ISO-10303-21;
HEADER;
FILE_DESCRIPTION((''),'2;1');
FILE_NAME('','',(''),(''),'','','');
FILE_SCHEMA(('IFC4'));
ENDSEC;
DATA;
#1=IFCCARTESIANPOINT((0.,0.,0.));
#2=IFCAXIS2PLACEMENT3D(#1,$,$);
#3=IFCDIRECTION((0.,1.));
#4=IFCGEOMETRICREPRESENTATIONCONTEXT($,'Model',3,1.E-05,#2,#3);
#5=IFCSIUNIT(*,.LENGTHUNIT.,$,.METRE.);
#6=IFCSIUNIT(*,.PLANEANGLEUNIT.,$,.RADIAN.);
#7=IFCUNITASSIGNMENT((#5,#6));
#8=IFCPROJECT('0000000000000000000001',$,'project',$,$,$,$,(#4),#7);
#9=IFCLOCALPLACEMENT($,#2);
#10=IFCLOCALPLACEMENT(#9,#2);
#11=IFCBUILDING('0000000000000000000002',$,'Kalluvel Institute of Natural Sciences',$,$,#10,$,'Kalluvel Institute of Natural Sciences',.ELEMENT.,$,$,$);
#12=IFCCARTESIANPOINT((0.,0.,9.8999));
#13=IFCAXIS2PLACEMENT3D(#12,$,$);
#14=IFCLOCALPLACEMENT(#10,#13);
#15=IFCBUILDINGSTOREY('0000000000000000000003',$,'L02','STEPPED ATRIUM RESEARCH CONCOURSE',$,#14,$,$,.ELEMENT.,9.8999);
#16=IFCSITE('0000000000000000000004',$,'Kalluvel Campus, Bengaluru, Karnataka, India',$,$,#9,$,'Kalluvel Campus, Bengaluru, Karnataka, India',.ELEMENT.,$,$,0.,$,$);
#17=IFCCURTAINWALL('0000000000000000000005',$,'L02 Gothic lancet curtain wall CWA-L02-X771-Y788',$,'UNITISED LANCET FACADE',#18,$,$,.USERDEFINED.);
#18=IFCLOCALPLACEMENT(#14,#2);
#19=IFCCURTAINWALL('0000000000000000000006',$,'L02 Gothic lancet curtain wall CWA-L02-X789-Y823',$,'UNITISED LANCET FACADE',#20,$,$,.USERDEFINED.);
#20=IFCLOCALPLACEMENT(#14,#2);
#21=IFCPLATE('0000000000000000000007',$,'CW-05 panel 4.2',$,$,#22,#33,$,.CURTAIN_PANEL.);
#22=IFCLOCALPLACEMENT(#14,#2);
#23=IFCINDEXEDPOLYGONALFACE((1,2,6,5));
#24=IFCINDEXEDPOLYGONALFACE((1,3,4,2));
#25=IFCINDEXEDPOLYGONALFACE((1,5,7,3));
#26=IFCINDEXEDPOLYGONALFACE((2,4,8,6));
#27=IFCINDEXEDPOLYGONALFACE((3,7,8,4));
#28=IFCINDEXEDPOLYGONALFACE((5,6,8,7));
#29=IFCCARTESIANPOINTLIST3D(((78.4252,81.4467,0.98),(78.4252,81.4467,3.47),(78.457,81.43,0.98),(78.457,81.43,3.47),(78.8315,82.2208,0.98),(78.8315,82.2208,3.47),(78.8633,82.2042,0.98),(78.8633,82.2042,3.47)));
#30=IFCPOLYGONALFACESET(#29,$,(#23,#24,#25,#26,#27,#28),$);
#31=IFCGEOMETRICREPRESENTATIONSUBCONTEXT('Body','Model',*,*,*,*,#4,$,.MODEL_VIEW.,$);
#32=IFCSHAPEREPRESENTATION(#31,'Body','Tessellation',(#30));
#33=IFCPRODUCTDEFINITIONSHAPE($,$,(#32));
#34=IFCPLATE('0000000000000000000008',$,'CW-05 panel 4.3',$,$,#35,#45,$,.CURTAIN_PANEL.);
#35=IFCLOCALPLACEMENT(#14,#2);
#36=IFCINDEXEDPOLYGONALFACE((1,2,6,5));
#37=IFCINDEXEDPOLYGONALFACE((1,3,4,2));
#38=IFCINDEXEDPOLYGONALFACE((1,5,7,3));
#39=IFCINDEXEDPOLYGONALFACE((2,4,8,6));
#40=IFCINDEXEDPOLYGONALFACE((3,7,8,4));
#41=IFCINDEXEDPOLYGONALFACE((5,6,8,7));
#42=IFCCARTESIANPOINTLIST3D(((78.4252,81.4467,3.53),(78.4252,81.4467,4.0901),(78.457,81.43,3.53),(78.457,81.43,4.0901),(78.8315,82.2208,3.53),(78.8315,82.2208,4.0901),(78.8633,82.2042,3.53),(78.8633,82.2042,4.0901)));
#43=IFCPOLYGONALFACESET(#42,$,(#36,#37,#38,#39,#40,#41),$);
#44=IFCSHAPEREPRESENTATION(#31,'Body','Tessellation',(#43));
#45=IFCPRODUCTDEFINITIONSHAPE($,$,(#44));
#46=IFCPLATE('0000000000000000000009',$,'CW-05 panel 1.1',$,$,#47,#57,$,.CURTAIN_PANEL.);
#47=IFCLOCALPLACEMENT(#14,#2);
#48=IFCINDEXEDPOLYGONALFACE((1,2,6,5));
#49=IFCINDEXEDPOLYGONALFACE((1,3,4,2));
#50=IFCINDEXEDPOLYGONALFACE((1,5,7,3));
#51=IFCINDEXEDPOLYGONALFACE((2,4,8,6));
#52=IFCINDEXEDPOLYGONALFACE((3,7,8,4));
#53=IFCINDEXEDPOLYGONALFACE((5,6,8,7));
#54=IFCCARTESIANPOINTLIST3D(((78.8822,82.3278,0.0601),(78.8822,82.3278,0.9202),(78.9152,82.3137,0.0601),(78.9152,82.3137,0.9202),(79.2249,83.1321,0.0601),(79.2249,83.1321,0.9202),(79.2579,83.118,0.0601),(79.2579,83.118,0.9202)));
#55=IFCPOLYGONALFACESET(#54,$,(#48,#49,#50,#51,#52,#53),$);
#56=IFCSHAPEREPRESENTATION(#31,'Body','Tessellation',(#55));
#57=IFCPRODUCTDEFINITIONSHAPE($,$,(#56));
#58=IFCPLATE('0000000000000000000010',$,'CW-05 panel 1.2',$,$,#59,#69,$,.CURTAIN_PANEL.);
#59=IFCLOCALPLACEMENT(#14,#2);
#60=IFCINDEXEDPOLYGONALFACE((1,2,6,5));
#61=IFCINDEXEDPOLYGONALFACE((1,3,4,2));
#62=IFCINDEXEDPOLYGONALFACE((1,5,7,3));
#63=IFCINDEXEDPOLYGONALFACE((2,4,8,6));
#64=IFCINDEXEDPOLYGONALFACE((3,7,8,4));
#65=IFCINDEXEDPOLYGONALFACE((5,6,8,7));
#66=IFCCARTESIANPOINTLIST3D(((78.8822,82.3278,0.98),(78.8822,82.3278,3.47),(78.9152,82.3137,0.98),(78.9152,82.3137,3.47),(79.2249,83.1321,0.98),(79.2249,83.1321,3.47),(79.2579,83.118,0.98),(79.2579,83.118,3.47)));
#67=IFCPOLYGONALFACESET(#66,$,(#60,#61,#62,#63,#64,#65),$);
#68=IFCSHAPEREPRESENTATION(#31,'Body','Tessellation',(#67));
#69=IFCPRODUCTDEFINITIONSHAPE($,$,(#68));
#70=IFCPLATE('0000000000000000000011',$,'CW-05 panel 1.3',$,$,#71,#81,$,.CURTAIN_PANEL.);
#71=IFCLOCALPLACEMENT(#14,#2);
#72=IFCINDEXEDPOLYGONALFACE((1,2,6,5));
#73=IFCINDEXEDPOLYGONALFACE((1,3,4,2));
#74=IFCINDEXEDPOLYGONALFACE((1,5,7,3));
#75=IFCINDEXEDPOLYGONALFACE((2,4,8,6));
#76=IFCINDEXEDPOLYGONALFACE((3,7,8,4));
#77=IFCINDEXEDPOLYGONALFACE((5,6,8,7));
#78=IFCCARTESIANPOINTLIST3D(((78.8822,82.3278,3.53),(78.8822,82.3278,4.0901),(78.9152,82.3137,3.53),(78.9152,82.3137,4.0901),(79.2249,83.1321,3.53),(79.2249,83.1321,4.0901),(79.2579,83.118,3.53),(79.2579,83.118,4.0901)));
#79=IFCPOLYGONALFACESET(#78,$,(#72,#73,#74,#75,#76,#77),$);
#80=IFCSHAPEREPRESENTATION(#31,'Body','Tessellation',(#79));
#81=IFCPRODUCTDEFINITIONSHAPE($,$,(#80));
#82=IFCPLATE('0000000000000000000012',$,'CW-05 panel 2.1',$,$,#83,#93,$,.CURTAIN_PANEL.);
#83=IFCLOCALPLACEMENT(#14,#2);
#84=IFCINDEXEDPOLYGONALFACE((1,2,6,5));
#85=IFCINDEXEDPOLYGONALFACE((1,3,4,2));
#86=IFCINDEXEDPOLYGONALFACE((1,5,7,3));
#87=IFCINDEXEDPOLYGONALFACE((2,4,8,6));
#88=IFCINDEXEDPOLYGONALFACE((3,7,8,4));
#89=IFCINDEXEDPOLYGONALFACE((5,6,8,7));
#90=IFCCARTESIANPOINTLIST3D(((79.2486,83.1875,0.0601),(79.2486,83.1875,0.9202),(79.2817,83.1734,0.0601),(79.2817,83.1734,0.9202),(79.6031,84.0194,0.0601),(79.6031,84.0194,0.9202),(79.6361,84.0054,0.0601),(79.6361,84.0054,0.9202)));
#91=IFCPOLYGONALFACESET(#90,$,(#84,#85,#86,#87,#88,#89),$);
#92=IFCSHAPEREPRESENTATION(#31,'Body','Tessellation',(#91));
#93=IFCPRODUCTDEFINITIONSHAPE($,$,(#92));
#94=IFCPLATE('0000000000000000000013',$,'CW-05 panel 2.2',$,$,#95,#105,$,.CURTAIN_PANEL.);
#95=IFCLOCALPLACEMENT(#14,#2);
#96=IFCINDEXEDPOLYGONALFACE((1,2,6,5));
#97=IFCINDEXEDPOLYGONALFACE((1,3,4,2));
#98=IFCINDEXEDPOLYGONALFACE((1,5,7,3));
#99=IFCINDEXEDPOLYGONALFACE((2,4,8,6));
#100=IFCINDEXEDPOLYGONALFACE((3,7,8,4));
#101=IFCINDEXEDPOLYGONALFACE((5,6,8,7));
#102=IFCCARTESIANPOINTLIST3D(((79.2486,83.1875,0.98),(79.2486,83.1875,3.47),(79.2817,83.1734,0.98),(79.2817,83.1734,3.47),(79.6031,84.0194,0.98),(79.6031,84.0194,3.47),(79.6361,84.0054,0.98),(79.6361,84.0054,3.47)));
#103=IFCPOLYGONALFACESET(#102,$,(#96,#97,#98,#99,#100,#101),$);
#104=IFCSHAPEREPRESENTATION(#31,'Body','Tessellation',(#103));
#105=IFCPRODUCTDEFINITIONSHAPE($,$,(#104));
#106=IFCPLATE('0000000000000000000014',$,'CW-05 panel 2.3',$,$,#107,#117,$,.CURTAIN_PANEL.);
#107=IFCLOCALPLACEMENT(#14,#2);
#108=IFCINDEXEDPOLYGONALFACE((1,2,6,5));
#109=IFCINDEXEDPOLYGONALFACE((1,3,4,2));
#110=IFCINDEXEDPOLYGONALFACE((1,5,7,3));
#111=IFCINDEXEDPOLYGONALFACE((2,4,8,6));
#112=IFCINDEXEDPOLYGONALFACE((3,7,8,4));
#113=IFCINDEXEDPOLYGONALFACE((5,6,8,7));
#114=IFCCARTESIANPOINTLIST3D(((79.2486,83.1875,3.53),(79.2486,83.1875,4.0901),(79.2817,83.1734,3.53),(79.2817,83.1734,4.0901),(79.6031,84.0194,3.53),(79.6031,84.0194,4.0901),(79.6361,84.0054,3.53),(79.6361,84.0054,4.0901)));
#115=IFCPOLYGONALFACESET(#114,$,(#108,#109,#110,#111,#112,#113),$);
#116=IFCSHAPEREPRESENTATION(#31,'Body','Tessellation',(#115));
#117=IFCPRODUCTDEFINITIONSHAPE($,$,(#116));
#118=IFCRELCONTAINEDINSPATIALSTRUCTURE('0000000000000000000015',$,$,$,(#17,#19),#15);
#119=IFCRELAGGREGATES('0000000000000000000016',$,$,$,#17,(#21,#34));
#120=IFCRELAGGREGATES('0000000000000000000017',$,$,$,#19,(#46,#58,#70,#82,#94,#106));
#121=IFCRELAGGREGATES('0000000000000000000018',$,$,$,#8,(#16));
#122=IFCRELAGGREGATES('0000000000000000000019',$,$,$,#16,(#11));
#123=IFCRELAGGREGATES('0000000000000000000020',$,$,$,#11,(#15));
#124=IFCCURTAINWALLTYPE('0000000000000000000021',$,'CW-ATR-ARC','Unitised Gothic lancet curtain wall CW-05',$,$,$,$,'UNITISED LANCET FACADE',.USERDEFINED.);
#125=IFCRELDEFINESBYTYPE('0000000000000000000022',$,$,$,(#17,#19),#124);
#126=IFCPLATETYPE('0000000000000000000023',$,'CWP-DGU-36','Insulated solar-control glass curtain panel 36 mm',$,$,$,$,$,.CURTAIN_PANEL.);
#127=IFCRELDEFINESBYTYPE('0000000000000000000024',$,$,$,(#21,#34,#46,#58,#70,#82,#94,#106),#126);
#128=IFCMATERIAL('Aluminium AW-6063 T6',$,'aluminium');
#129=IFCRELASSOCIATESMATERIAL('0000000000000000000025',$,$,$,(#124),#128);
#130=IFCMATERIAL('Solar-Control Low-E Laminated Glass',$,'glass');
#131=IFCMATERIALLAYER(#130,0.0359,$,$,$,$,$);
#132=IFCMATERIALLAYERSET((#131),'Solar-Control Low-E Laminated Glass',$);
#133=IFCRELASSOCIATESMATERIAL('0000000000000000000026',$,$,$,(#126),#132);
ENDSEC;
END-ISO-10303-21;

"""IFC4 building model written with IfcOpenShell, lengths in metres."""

from ifc_helpers import new_model, si_unit, direction, frame, origin, origin_2d, place, context, subcontext, project, spatial, rectangle, extrude, material, layer, layer_set, type_object, element, aggregate, save


model = new_model("IFC4")

# Units and contexts
model_context = context("Model", 3, precision=1e-05, world=origin(), true_north=direction((0.0, 1.0)))
body_context = subcontext(model_context, "Body", "Model", "MODEL_VIEW")
ifc_project = project(units=[si_unit("LENGTHUNIT", "METRE"), si_unit("PLANEANGLEUNIT", "RADIAN")], contexts=[model_context])

# Site, building, storey
site_placement = place(None, origin())
site = spatial("IfcSite", under=ifc_project, at=site_placement, Name="Kalluvel Campus, Bengaluru, Karnataka, India", LongName="Kalluvel Campus, Bengaluru, Karnataka, India", CompositionType="ELEMENT", RefElevation=0.0)
building_placement = place(site_placement, origin())
building = spatial("IfcBuilding", under=site, at=building_placement, Name="Kalluvel Institute of Natural Sciences", LongName="Kalluvel Institute of Natural Sciences", CompositionType="ELEMENT")
storey_placement = place(building_placement, frame((0.0, 0.0, 9.8999)))
storey = spatial("IfcBuildingStorey", under=building, at=storey_placement, Name="L02", Description="STEPPED ATRIUM RESEARCH CONCOURSE", CompositionType="ELEMENT", Elevation=9.8999)

# Curtain wall
ifc_material_1 = material(Name="Aluminium AW-6063 T6", Category="aluminium")
curtain_wall_type = type_object("IfcCurtainWallType", Name="CW-ATR-ARC", Description="Unitised Gothic lancet curtain wall CW-05", ElementType="UNITISED LANCET FACADE", PredefinedType="USERDEFINED", material=ifc_material_1)
curtain_wall_1_placement = place(storey_placement, origin())
curtain_wall_1 = element("IfcCurtainWall", 1, at=curtain_wall_1_placement, inside=storey, type_object=curtain_wall_type, Name="L02 Gothic lancet curtain wall CWA-L02-X771-Y788", ObjectType="UNITISED LANCET FACADE", PredefinedType="USERDEFINED")

# Curtain wall
curtain_wall_2_placement = place(storey_placement, origin())
curtain_wall_2 = element("IfcCurtainWall", 2, at=curtain_wall_2_placement, inside=storey, type_object=curtain_wall_type, Name="L02 Gothic lancet curtain wall CWA-L02-X789-Y823", ObjectType="UNITISED LANCET FACADE", PredefinedType="USERDEFINED")

# Plates
ifc_material_2 = material(Name="Solar-Control Low-E Laminated Glass", Category="glass")
ifc_layer = layer(ifc_material_2, 0.0359)
ifc_layer_set = layer_set([ifc_layer], Name="Solar-Control Low-E Laminated Glass")
plate_type = type_object("IfcPlateType", Name="CWP-DGU-36", Description="Insulated solar-control glass curtain panel 36 mm", PredefinedType="CURTAIN_PANEL", material=ifc_layer_set)
plate_1_placement = place(storey_placement, frame((78.6443, 81.8254, 0.98), z_axis=(0.0, 0.0, 1.0), x_axis=(0.464734, 0.88545, 0.0)))
plate_1 = element("IfcPlate", 3, at=plate_1_placement, type_object=plate_type, Name="CW-05 panel 4.2", PredefinedType="CURTAIN_PANEL", context=body_context, shape_type="SweptSolid", body=[
    extrude(rectangle(XDim=0.8743, YDim=0.0359, at=origin_2d()), origin(), (0.0, 0.0, 1.0), 2.49),
])
plate_2_placement = place(storey_placement, frame((78.6443, 81.8254, 3.53), z_axis=(0.0, 0.0, 1.0), x_axis=(0.464734, 0.88545, 0.0)))
plate_2 = element("IfcPlate", 4, at=plate_2_placement, type_object=plate_type, Name="CW-05 panel 4.3", PredefinedType="CURTAIN_PANEL", context=body_context, shape_type="SweptSolid", body=[
    extrude(rectangle(XDim=0.8743, YDim=0.0359, at=origin_2d()), origin(), (0.0, 0.0, 1.0), 0.5601),
])
aggregate(curtain_wall_1, [plate_1, plate_2])
plate_3_placement = place(storey_placement, frame((79.0701, 82.7229, 0.0601), z_axis=(0.0, 0.0, 1.0), x_axis=(0.391966, 0.91998, 0.0)))
plate_3 = element("IfcPlate", 5, at=plate_3_placement, type_object=plate_type, Name="CW-05 panel 1.1", PredefinedType="CURTAIN_PANEL", context=body_context, shape_type="SweptSolid", body=[
    extrude(rectangle(XDim=0.8743, YDim=0.0359, at=origin_2d()), origin(), (0.0, 0.0, 1.0), 0.8601),
])
plate_4_placement = place(storey_placement, frame((79.0701, 82.7229, 0.98), z_axis=(0.0, 0.0, 1.0), x_axis=(0.391966, 0.91998, 0.0)))
plate_4 = element("IfcPlate", 6, at=plate_4_placement, type_object=plate_type, Name="CW-05 panel 1.2", PredefinedType="CURTAIN_PANEL", context=body_context, shape_type="SweptSolid", body=[
    extrude(rectangle(XDim=0.8743, YDim=0.0359, at=origin_2d()), origin(), (0.0, 0.0, 1.0), 2.49),
])
plate_5_placement = place(storey_placement, frame((79.0701, 82.7229, 3.53), z_axis=(0.0, 0.0, 1.0), x_axis=(0.391966, 0.91998, 0.0)))
plate_5 = element("IfcPlate", 7, at=plate_5_placement, type_object=plate_type, Name="CW-05 panel 1.3", PredefinedType="CURTAIN_PANEL", context=body_context, shape_type="SweptSolid", body=[
    extrude(rectangle(XDim=0.8743, YDim=0.0359, at=origin_2d()), origin(), (0.0, 0.0, 1.0), 0.5601),
])
plate_6_placement = place(storey_placement, frame((79.4424, 83.5964, 0.0601), z_axis=(0.0, 0.0, 1.0), x_axis=(0.391966, 0.91998, 0.0)))
plate_6 = element("IfcPlate", 8, at=plate_6_placement, type_object=plate_type, Name="CW-05 panel 2.1", PredefinedType="CURTAIN_PANEL", context=body_context, shape_type="SweptSolid", body=[
    extrude(rectangle(XDim=0.9043, YDim=0.0359, at=origin_2d()), origin(), (0.0, 0.0, 1.0), 0.8601),
])
plate_7_placement = place(storey_placement, frame((79.4424, 83.5964, 0.98), z_axis=(0.0, 0.0, 1.0), x_axis=(0.391966, 0.91998, 0.0)))
plate_7 = element("IfcPlate", 9, at=plate_7_placement, type_object=plate_type, Name="CW-05 panel 2.2", PredefinedType="CURTAIN_PANEL", context=body_context, shape_type="SweptSolid", body=[
    extrude(rectangle(XDim=0.9043, YDim=0.0359, at=origin_2d()), origin(), (0.0, 0.0, 1.0), 2.49),
])
plate_8_placement = place(storey_placement, frame((79.4424, 83.5964, 3.53), z_axis=(0.0, 0.0, 1.0), x_axis=(0.391966, 0.91998, 0.0)))
plate_8 = element("IfcPlate", 10, at=plate_8_placement, type_object=plate_type, Name="CW-05 panel 2.3", PredefinedType="CURTAIN_PANEL", context=body_context, shape_type="SweptSolid", body=[
    extrude(rectangle(XDim=0.9043, YDim=0.0359, at=origin_2d()), origin(), (0.0, 0.0, 1.0), 0.5601),
])
aggregate(curtain_wall_2, [plate_3, plate_4, plate_5, plate_6, plate_7, plate_8])

save(model, "model.ifc")
